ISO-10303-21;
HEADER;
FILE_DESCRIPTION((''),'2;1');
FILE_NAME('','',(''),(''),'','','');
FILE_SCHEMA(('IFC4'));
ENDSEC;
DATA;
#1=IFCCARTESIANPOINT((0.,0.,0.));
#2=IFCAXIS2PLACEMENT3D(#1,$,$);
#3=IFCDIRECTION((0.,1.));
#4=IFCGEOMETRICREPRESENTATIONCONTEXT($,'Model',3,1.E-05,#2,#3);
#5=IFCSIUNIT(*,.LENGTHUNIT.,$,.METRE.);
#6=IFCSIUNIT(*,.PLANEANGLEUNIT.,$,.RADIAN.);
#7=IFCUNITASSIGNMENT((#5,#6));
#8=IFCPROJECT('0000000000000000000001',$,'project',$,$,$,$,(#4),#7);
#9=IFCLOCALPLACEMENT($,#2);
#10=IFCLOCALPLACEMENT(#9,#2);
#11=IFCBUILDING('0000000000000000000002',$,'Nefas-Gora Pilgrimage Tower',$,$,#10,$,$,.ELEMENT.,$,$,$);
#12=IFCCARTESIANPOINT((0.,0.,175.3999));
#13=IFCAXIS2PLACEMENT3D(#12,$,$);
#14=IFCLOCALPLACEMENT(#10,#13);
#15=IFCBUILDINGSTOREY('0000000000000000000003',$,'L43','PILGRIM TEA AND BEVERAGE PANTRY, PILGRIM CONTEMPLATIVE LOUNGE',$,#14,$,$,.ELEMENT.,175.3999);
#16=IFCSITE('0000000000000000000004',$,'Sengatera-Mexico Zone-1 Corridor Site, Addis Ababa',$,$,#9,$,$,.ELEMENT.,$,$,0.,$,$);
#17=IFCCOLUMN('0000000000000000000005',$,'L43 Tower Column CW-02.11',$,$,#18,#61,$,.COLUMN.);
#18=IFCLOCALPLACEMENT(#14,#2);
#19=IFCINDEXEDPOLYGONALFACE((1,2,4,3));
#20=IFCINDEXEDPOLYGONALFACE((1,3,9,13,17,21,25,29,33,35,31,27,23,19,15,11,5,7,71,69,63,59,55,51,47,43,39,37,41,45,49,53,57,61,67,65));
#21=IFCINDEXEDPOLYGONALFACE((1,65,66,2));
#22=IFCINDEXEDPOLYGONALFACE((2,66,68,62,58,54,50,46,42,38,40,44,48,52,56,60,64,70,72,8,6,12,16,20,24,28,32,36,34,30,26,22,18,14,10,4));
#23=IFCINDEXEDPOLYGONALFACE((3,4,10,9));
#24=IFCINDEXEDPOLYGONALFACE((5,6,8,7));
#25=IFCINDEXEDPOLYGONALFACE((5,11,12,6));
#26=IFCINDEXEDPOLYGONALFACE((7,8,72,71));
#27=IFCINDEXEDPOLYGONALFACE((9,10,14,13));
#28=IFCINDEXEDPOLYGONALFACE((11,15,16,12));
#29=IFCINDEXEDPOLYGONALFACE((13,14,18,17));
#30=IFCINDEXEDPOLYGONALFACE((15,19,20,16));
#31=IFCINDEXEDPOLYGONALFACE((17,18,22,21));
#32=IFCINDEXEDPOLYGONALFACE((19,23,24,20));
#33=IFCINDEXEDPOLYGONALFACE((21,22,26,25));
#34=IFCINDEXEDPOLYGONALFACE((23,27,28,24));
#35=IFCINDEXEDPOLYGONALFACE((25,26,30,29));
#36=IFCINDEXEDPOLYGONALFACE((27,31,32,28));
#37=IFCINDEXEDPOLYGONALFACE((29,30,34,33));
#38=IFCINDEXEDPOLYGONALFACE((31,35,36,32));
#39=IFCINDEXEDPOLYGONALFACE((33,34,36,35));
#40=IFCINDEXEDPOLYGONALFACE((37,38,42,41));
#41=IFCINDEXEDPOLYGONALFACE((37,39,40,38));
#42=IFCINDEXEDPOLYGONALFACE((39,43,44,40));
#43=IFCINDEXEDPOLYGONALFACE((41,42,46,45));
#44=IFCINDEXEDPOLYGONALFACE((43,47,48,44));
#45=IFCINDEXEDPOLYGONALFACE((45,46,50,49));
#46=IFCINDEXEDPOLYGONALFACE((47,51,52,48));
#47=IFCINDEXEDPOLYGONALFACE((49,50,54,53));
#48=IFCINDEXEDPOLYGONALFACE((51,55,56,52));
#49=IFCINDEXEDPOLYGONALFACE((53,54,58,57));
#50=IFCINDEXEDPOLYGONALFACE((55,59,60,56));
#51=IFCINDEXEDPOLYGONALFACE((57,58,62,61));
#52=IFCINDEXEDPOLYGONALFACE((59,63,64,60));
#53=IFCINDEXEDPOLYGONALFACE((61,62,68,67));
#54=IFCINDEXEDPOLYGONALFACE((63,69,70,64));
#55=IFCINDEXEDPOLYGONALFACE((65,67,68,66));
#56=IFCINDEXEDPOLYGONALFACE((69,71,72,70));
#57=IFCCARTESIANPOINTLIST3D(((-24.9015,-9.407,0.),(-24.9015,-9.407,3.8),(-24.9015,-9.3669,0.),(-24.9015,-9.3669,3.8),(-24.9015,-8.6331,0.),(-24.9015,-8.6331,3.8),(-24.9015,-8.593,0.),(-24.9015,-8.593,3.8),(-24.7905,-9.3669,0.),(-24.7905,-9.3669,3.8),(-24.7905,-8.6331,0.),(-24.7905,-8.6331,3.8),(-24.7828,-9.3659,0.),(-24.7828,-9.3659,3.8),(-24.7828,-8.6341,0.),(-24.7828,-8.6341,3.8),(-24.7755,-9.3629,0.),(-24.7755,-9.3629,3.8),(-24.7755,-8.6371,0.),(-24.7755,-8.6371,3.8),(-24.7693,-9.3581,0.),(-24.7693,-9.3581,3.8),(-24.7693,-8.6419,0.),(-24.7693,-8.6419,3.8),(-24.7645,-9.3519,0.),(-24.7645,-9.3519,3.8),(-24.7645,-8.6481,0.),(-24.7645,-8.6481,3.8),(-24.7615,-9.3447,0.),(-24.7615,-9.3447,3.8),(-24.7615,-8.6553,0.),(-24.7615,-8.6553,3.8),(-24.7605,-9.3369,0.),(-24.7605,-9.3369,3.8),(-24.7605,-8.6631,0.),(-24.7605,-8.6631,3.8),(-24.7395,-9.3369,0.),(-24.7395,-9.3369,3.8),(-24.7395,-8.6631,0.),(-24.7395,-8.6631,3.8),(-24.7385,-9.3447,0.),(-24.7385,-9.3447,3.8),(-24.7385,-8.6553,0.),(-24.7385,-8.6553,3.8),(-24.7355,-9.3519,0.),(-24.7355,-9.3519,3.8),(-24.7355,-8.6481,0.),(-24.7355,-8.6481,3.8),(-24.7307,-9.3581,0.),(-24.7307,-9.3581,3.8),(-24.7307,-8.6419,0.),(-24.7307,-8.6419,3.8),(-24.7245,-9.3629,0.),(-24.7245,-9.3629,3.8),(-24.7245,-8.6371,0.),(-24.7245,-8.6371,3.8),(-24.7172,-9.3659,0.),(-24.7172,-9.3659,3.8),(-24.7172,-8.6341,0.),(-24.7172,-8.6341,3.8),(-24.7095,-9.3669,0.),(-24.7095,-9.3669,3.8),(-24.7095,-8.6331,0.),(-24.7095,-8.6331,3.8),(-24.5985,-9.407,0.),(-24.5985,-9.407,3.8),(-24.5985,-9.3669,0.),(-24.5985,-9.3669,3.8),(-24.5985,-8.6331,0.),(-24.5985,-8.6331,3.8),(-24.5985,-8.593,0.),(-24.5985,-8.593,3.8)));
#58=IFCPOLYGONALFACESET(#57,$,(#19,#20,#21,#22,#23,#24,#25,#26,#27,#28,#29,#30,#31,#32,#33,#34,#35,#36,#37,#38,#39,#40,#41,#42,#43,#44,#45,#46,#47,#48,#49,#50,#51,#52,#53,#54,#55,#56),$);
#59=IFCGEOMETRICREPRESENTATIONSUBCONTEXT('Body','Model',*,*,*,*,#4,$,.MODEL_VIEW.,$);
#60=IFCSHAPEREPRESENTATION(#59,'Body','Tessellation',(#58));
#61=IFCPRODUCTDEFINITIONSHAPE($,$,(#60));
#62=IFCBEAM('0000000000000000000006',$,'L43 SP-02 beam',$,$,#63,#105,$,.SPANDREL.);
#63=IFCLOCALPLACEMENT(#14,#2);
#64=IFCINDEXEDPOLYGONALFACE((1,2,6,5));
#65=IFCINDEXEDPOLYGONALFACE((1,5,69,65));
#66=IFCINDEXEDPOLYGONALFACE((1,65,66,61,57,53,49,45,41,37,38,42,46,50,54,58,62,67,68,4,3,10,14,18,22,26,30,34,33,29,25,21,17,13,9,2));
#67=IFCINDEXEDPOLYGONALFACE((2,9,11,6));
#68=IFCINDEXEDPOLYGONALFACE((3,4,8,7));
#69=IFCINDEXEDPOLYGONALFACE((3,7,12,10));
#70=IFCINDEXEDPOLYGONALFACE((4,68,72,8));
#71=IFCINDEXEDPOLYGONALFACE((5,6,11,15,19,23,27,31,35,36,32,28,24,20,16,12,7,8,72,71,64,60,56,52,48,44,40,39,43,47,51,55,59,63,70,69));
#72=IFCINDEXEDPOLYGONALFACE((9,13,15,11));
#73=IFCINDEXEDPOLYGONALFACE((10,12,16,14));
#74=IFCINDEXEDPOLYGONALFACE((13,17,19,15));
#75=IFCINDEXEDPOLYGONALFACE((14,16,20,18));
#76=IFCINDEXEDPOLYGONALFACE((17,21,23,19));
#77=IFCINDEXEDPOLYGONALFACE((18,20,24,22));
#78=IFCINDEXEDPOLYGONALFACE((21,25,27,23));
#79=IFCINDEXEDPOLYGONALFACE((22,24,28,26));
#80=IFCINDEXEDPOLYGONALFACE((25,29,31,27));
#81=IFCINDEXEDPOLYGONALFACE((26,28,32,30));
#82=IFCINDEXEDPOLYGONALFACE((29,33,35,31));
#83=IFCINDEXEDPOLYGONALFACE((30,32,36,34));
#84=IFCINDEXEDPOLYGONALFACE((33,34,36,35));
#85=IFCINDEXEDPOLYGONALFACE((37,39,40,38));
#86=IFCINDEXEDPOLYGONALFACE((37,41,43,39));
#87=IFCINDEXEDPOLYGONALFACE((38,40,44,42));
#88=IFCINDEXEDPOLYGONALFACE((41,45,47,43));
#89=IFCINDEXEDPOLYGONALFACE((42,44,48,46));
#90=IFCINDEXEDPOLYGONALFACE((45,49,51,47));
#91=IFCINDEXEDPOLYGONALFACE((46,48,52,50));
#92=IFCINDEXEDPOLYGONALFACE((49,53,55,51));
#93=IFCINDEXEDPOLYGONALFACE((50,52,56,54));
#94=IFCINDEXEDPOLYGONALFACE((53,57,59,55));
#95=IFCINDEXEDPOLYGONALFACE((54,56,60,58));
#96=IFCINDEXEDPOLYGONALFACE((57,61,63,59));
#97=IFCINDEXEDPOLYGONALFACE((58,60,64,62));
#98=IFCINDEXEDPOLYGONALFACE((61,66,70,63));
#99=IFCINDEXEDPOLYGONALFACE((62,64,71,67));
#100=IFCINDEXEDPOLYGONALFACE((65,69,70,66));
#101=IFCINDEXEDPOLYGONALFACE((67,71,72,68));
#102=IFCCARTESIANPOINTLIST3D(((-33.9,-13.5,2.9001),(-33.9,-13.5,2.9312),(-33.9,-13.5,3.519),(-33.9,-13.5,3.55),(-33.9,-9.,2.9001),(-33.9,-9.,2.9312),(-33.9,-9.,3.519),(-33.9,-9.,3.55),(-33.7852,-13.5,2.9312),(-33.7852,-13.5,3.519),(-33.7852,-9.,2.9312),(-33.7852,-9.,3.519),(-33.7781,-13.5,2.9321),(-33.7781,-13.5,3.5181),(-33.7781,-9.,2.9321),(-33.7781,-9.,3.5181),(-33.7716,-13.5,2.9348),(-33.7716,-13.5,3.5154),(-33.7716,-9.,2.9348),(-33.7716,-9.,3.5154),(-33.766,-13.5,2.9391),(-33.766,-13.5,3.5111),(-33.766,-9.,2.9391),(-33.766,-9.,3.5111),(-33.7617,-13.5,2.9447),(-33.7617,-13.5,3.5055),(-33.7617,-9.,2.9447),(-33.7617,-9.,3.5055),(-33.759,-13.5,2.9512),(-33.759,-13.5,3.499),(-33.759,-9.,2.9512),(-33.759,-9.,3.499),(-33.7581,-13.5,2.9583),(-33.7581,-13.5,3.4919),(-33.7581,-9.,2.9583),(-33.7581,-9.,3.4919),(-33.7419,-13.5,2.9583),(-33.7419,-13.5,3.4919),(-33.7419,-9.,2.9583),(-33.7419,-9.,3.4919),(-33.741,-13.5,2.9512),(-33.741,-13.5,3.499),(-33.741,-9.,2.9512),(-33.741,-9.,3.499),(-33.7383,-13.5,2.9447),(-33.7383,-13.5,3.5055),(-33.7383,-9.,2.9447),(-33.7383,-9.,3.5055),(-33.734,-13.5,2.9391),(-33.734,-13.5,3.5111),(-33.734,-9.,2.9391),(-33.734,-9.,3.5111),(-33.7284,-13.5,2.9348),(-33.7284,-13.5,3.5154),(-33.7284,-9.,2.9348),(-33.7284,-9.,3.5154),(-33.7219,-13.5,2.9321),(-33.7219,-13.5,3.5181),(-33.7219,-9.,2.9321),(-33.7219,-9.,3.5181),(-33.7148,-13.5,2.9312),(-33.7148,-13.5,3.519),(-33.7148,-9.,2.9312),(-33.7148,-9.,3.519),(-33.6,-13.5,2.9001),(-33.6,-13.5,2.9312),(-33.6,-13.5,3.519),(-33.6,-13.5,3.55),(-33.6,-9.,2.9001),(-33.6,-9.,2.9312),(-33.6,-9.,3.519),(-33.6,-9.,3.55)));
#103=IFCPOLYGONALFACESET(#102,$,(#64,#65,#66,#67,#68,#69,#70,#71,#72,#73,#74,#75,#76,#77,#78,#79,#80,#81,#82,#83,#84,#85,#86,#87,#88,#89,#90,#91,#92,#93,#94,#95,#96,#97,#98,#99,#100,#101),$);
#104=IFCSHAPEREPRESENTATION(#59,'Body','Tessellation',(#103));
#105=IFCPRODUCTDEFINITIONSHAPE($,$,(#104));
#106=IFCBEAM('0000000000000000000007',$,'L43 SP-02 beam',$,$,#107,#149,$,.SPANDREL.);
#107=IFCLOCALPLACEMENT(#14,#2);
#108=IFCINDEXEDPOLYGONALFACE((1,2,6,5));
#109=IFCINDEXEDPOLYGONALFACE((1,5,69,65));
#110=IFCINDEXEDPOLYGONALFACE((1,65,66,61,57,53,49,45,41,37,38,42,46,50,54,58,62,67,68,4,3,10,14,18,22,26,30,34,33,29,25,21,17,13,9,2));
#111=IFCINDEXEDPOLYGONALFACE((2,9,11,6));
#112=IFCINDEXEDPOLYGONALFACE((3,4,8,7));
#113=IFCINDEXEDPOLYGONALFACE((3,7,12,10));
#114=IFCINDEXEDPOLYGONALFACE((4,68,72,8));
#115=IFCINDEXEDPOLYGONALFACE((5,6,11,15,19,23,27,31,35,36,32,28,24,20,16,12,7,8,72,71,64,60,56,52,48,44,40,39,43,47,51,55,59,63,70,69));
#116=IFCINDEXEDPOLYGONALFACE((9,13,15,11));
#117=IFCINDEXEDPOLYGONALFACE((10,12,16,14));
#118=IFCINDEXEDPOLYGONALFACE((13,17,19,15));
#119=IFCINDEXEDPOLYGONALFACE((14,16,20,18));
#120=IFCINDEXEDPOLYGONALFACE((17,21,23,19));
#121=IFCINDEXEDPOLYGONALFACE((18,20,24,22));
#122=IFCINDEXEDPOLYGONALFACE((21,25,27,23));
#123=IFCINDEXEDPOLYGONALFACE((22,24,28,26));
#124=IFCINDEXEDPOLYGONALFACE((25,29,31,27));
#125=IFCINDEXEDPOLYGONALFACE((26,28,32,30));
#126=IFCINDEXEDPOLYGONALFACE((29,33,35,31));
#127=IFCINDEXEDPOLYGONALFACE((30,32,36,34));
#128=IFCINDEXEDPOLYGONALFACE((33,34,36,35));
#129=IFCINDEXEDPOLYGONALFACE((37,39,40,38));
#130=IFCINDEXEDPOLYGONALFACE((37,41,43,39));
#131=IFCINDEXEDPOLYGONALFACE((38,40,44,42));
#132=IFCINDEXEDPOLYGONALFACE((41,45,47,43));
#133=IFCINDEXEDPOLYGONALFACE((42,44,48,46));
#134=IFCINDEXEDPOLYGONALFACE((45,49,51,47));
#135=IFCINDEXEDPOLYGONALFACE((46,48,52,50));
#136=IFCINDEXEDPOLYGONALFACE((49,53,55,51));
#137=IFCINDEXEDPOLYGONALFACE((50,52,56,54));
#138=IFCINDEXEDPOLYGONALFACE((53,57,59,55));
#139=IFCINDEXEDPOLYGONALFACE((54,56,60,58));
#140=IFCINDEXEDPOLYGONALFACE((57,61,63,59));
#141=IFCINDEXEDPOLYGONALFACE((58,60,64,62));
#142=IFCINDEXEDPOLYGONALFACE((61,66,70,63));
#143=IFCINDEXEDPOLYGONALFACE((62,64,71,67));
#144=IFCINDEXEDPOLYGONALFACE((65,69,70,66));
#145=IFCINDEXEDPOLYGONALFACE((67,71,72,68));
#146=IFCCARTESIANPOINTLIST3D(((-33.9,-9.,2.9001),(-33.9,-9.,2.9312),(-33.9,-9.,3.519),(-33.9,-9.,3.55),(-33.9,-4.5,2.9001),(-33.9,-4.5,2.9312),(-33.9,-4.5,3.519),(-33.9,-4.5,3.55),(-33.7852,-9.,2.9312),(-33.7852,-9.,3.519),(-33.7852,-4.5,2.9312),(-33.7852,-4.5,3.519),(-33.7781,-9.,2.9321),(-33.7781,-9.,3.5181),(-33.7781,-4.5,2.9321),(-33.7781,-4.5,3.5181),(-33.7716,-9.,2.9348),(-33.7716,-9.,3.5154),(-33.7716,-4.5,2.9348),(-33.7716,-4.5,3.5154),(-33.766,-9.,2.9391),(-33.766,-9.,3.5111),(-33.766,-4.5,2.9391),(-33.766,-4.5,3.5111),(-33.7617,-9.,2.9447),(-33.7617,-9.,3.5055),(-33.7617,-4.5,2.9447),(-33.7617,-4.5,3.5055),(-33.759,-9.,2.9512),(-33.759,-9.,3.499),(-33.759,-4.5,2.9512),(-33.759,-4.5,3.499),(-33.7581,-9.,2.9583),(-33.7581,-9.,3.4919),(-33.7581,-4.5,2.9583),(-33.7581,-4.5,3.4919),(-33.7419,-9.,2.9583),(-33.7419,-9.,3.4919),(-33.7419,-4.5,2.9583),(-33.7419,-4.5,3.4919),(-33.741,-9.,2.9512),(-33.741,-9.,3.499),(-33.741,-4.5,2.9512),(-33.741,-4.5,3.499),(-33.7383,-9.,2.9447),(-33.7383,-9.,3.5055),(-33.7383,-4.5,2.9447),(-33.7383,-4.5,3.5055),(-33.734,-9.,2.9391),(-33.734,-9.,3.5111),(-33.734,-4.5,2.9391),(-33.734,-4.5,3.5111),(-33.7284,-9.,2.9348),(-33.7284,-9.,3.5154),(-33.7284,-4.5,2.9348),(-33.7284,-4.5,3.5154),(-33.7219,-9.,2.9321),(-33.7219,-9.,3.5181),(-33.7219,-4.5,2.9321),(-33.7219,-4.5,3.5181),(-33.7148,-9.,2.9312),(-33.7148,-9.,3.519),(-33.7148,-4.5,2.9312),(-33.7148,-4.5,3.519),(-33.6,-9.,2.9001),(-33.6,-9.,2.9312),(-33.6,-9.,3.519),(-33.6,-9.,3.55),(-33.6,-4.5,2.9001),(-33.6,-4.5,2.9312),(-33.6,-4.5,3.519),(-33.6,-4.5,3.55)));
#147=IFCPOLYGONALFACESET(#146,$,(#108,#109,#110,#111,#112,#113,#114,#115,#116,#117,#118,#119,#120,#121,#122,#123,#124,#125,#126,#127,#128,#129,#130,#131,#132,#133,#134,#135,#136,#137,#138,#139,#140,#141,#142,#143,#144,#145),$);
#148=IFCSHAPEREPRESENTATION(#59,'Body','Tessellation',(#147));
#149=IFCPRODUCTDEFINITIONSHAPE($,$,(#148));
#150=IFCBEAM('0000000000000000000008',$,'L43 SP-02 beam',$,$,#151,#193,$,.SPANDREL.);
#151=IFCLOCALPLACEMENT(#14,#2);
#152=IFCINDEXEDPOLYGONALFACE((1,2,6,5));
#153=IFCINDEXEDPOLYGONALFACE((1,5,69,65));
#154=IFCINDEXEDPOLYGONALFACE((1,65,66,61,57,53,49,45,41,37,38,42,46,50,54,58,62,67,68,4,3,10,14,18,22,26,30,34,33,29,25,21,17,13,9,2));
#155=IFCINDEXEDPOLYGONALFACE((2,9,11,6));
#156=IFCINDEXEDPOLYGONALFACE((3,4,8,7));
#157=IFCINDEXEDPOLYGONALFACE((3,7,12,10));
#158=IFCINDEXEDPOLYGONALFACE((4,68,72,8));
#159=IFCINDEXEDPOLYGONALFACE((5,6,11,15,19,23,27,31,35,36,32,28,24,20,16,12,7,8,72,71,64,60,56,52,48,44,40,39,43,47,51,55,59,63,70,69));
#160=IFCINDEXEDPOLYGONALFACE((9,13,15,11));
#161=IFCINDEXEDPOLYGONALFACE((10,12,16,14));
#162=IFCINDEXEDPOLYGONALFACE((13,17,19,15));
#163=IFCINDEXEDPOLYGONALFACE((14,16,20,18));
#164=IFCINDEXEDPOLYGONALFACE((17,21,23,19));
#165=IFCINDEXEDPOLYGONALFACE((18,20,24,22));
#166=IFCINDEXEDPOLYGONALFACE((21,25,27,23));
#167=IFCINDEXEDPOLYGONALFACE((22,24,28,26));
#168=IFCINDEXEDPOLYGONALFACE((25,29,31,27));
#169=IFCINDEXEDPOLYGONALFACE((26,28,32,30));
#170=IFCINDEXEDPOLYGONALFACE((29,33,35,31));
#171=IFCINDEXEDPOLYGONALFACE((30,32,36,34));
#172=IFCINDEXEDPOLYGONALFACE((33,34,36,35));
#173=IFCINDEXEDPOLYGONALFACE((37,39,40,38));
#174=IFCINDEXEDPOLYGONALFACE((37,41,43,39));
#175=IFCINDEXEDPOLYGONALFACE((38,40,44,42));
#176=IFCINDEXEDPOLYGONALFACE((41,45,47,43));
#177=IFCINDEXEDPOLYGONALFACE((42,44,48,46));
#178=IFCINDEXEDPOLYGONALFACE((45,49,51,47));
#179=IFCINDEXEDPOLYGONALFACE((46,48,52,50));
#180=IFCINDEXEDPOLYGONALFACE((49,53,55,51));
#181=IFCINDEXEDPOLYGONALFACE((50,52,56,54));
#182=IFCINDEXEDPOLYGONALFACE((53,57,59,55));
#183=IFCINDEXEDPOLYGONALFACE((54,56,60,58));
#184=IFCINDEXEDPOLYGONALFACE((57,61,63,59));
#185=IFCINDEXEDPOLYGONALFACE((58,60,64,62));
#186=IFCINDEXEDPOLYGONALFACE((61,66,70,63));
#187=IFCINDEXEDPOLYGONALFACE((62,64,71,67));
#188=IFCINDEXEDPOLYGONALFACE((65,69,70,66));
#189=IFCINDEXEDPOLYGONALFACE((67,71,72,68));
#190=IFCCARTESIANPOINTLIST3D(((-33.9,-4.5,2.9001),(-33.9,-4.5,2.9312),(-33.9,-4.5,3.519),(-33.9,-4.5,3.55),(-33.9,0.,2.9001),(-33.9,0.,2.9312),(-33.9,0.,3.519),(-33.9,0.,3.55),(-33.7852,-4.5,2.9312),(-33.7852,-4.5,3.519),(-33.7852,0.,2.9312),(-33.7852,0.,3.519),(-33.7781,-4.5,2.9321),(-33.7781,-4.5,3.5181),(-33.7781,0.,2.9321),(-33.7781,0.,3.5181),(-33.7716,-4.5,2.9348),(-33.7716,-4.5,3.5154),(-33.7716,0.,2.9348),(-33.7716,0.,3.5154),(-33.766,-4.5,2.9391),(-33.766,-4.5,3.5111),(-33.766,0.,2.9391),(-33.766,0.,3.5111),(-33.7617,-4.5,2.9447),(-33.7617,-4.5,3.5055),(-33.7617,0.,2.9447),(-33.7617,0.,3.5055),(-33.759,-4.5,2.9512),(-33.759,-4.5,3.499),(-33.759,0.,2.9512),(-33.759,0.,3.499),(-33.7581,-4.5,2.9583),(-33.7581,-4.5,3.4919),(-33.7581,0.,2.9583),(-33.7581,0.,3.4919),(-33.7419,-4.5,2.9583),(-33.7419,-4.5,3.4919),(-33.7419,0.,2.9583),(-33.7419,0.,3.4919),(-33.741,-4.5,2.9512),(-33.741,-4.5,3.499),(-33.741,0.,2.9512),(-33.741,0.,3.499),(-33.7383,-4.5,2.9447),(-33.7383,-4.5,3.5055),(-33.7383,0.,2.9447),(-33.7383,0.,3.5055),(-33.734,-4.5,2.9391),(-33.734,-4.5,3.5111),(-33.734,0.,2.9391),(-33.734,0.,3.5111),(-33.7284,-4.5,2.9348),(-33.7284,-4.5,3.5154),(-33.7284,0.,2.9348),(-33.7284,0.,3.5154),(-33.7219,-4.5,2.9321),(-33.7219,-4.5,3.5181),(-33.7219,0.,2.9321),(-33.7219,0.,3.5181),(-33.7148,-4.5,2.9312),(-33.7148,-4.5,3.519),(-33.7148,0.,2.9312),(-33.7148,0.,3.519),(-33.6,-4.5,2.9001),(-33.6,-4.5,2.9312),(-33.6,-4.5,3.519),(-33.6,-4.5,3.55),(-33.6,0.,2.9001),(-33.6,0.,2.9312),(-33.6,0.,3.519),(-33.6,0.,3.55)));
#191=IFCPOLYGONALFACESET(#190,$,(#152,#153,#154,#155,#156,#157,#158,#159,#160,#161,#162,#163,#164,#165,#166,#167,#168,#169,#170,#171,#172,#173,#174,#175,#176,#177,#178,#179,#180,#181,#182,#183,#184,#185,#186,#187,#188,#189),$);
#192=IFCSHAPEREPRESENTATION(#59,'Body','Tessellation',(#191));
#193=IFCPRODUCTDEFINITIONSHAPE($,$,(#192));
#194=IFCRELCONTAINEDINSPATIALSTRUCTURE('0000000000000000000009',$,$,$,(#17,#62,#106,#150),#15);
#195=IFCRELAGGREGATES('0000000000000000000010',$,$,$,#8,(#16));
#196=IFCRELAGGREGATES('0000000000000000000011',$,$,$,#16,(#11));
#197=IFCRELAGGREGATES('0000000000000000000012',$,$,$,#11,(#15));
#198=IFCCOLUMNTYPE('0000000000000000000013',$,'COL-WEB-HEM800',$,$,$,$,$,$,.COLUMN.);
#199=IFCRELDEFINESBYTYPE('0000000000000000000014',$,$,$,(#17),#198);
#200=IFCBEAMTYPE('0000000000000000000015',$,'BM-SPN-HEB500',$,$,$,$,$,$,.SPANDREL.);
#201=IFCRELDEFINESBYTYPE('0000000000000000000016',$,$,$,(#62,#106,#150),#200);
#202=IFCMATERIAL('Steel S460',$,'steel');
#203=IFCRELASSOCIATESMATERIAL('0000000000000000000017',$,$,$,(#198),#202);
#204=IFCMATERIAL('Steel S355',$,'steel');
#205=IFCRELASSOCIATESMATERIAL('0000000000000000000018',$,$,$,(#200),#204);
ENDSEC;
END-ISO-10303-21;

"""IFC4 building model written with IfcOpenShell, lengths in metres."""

from ifc_helpers import new_model, si_unit, direction, frame, origin, origin_2d, place, context, subcontext, project, spatial, i_section, extrude, source, transform, mapped, material, material_profile, profile_set, type_object, element, save


model = new_model("IFC4")

# Units and contexts
model_context = context("Model", 3, precision=1e-05, world=origin(), true_north=direction((0.0, 1.0)))
body_context = subcontext(model_context, "Body", "Model", "MODEL_VIEW")
ifc_project = project(units=[si_unit("LENGTHUNIT", "METRE"), si_unit("PLANEANGLEUNIT", "RADIAN")], contexts=[model_context])

# Site, building, storey
site_placement = place(None, origin())
site = spatial("IfcSite", under=ifc_project, at=site_placement, Name="Sengatera-Mexico Zone-1 Corridor Site, Addis Ababa", CompositionType="ELEMENT", RefElevation=0.0)
building_placement = place(site_placement, origin())
building = spatial("IfcBuilding", under=site, at=building_placement, Name="Nefas-Gora Pilgrimage Tower", CompositionType="ELEMENT")
storey_placement = place(building_placement, frame((0.0, 0.0, 175.3999)))
storey = spatial("IfcBuildingStorey", under=building, at=storey_placement, Name="L43", Description="PILGRIM TEA AND BEVERAGE PANTRY, PILGRIM CONTEMPLATIVE LOUNGE", CompositionType="ELEMENT", Elevation=175.3999)

# Column
ifc_material_1 = material(Name="Steel S460", Category="steel")
ifc_material_profile_1 = material_profile(ifc_material_1, i_section(OverallWidth=0.303, OverallDepth=0.814, WebThickness=0.021, FlangeThickness=0.04, FilletRadius=0.03, at=origin_2d()), Name="HEM 800")
ifc_profile_set_1 = profile_set([ifc_material_profile_1], Name="Steel S460")
column_type_1 = type_object("IfcColumnType", Name="COL-WEB-HEM800", PredefinedType="COLUMN", material=ifc_profile_set_1)
shared_shape_1 = source(origin(), body_context, "Body", "SweptSolid", [
    extrude(i_section(OverallWidth=0.303, OverallDepth=0.814, WebThickness=0.021, FlangeThickness=0.04, FilletRadius=0.03, at=origin_2d()), origin(), (0.0, 0.0, 1.0), 3.8),
])
for number, where, z_axis, x_axis, name in (
    (1, (-24.75, -9.0, 0.0), (0.0, 0.0, 1.0), (1.0, 0.0, 0.0), "L43 Tower Column CW-02.11"),
):
    element("IfcColumn", number, at=place(storey_placement, frame(where, z_axis=z_axis, x_axis=x_axis)), inside=storey, type_object=column_type_1, Name=name, PredefinedType="COLUMN", context=body_context, shape_type="MappedRepresentation", body=[
        mapped(shared_shape_1, transform((0.0, 0.0, 0.0), x_axis=(1.0, 0.0, 0.0), y_axis=(0.0, 1.0, 0.0), z_axis=(0.0, 0.0, 1.0), scale=1.0)),
    ])

# Beams
ifc_material_2 = material(Name="Steel S355", Category="steel")
ifc_material_profile_2 = material_profile(ifc_material_2, i_section(OverallWidth=0.3, OverallDepth=0.6499, WebThickness=0.0161, FlangeThickness=0.031, FilletRadius=0.0271, at=origin_2d()), Name="HEB 650")
ifc_profile_set_2 = profile_set([ifc_material_profile_2], Name="Steel S355")
beam_type_1 = type_object("IfcBeamType", Name="BM-SPN-HEB500", PredefinedType="SPANDREL", material=ifc_profile_set_2)
shared_shape_2 = source(origin(), body_context, "Body", "SweptSolid", [
    extrude(i_section(OverallWidth=0.3, OverallDepth=0.6499, WebThickness=0.0161, FlangeThickness=0.031, FilletRadius=0.0271, at=origin_2d()), origin(), (0.0, 0.0, 1.0), 4.5),
])
for number, where, z_axis, x_axis, name in (
    (2, (-33.75, -13.5, 3.2251), (0.0, 1.0, 0.0), (-1.0, 0.0, 0.0), "L43 SP-02 beam"),
    (3, (-33.75, -9.0, 3.2251), (0.0, 1.0, 0.0), (-1.0, 0.0, 0.0), "L43 SP-02 beam"),
    (4, (-33.75, -4.5, 3.2251), (0.0, 1.0, 0.0), (-1.0, 0.0, 0.0), "L43 SP-02 beam"),
):
    element("IfcBeam", number, at=place(storey_placement, frame(where, z_axis=z_axis, x_axis=x_axis)), inside=storey, type_object=beam_type_1, Name=name, PredefinedType="SPANDREL", context=body_context, shape_type="MappedRepresentation", body=[
        mapped(shared_shape_2, transform((0.0, 0.0, 0.0), x_axis=(1.0, 0.0, 0.0), y_axis=(0.0, 1.0, 0.0), z_axis=(0.0, 0.0, 1.0), scale=1.0)),
    ])

save(model, "model.ifc")
